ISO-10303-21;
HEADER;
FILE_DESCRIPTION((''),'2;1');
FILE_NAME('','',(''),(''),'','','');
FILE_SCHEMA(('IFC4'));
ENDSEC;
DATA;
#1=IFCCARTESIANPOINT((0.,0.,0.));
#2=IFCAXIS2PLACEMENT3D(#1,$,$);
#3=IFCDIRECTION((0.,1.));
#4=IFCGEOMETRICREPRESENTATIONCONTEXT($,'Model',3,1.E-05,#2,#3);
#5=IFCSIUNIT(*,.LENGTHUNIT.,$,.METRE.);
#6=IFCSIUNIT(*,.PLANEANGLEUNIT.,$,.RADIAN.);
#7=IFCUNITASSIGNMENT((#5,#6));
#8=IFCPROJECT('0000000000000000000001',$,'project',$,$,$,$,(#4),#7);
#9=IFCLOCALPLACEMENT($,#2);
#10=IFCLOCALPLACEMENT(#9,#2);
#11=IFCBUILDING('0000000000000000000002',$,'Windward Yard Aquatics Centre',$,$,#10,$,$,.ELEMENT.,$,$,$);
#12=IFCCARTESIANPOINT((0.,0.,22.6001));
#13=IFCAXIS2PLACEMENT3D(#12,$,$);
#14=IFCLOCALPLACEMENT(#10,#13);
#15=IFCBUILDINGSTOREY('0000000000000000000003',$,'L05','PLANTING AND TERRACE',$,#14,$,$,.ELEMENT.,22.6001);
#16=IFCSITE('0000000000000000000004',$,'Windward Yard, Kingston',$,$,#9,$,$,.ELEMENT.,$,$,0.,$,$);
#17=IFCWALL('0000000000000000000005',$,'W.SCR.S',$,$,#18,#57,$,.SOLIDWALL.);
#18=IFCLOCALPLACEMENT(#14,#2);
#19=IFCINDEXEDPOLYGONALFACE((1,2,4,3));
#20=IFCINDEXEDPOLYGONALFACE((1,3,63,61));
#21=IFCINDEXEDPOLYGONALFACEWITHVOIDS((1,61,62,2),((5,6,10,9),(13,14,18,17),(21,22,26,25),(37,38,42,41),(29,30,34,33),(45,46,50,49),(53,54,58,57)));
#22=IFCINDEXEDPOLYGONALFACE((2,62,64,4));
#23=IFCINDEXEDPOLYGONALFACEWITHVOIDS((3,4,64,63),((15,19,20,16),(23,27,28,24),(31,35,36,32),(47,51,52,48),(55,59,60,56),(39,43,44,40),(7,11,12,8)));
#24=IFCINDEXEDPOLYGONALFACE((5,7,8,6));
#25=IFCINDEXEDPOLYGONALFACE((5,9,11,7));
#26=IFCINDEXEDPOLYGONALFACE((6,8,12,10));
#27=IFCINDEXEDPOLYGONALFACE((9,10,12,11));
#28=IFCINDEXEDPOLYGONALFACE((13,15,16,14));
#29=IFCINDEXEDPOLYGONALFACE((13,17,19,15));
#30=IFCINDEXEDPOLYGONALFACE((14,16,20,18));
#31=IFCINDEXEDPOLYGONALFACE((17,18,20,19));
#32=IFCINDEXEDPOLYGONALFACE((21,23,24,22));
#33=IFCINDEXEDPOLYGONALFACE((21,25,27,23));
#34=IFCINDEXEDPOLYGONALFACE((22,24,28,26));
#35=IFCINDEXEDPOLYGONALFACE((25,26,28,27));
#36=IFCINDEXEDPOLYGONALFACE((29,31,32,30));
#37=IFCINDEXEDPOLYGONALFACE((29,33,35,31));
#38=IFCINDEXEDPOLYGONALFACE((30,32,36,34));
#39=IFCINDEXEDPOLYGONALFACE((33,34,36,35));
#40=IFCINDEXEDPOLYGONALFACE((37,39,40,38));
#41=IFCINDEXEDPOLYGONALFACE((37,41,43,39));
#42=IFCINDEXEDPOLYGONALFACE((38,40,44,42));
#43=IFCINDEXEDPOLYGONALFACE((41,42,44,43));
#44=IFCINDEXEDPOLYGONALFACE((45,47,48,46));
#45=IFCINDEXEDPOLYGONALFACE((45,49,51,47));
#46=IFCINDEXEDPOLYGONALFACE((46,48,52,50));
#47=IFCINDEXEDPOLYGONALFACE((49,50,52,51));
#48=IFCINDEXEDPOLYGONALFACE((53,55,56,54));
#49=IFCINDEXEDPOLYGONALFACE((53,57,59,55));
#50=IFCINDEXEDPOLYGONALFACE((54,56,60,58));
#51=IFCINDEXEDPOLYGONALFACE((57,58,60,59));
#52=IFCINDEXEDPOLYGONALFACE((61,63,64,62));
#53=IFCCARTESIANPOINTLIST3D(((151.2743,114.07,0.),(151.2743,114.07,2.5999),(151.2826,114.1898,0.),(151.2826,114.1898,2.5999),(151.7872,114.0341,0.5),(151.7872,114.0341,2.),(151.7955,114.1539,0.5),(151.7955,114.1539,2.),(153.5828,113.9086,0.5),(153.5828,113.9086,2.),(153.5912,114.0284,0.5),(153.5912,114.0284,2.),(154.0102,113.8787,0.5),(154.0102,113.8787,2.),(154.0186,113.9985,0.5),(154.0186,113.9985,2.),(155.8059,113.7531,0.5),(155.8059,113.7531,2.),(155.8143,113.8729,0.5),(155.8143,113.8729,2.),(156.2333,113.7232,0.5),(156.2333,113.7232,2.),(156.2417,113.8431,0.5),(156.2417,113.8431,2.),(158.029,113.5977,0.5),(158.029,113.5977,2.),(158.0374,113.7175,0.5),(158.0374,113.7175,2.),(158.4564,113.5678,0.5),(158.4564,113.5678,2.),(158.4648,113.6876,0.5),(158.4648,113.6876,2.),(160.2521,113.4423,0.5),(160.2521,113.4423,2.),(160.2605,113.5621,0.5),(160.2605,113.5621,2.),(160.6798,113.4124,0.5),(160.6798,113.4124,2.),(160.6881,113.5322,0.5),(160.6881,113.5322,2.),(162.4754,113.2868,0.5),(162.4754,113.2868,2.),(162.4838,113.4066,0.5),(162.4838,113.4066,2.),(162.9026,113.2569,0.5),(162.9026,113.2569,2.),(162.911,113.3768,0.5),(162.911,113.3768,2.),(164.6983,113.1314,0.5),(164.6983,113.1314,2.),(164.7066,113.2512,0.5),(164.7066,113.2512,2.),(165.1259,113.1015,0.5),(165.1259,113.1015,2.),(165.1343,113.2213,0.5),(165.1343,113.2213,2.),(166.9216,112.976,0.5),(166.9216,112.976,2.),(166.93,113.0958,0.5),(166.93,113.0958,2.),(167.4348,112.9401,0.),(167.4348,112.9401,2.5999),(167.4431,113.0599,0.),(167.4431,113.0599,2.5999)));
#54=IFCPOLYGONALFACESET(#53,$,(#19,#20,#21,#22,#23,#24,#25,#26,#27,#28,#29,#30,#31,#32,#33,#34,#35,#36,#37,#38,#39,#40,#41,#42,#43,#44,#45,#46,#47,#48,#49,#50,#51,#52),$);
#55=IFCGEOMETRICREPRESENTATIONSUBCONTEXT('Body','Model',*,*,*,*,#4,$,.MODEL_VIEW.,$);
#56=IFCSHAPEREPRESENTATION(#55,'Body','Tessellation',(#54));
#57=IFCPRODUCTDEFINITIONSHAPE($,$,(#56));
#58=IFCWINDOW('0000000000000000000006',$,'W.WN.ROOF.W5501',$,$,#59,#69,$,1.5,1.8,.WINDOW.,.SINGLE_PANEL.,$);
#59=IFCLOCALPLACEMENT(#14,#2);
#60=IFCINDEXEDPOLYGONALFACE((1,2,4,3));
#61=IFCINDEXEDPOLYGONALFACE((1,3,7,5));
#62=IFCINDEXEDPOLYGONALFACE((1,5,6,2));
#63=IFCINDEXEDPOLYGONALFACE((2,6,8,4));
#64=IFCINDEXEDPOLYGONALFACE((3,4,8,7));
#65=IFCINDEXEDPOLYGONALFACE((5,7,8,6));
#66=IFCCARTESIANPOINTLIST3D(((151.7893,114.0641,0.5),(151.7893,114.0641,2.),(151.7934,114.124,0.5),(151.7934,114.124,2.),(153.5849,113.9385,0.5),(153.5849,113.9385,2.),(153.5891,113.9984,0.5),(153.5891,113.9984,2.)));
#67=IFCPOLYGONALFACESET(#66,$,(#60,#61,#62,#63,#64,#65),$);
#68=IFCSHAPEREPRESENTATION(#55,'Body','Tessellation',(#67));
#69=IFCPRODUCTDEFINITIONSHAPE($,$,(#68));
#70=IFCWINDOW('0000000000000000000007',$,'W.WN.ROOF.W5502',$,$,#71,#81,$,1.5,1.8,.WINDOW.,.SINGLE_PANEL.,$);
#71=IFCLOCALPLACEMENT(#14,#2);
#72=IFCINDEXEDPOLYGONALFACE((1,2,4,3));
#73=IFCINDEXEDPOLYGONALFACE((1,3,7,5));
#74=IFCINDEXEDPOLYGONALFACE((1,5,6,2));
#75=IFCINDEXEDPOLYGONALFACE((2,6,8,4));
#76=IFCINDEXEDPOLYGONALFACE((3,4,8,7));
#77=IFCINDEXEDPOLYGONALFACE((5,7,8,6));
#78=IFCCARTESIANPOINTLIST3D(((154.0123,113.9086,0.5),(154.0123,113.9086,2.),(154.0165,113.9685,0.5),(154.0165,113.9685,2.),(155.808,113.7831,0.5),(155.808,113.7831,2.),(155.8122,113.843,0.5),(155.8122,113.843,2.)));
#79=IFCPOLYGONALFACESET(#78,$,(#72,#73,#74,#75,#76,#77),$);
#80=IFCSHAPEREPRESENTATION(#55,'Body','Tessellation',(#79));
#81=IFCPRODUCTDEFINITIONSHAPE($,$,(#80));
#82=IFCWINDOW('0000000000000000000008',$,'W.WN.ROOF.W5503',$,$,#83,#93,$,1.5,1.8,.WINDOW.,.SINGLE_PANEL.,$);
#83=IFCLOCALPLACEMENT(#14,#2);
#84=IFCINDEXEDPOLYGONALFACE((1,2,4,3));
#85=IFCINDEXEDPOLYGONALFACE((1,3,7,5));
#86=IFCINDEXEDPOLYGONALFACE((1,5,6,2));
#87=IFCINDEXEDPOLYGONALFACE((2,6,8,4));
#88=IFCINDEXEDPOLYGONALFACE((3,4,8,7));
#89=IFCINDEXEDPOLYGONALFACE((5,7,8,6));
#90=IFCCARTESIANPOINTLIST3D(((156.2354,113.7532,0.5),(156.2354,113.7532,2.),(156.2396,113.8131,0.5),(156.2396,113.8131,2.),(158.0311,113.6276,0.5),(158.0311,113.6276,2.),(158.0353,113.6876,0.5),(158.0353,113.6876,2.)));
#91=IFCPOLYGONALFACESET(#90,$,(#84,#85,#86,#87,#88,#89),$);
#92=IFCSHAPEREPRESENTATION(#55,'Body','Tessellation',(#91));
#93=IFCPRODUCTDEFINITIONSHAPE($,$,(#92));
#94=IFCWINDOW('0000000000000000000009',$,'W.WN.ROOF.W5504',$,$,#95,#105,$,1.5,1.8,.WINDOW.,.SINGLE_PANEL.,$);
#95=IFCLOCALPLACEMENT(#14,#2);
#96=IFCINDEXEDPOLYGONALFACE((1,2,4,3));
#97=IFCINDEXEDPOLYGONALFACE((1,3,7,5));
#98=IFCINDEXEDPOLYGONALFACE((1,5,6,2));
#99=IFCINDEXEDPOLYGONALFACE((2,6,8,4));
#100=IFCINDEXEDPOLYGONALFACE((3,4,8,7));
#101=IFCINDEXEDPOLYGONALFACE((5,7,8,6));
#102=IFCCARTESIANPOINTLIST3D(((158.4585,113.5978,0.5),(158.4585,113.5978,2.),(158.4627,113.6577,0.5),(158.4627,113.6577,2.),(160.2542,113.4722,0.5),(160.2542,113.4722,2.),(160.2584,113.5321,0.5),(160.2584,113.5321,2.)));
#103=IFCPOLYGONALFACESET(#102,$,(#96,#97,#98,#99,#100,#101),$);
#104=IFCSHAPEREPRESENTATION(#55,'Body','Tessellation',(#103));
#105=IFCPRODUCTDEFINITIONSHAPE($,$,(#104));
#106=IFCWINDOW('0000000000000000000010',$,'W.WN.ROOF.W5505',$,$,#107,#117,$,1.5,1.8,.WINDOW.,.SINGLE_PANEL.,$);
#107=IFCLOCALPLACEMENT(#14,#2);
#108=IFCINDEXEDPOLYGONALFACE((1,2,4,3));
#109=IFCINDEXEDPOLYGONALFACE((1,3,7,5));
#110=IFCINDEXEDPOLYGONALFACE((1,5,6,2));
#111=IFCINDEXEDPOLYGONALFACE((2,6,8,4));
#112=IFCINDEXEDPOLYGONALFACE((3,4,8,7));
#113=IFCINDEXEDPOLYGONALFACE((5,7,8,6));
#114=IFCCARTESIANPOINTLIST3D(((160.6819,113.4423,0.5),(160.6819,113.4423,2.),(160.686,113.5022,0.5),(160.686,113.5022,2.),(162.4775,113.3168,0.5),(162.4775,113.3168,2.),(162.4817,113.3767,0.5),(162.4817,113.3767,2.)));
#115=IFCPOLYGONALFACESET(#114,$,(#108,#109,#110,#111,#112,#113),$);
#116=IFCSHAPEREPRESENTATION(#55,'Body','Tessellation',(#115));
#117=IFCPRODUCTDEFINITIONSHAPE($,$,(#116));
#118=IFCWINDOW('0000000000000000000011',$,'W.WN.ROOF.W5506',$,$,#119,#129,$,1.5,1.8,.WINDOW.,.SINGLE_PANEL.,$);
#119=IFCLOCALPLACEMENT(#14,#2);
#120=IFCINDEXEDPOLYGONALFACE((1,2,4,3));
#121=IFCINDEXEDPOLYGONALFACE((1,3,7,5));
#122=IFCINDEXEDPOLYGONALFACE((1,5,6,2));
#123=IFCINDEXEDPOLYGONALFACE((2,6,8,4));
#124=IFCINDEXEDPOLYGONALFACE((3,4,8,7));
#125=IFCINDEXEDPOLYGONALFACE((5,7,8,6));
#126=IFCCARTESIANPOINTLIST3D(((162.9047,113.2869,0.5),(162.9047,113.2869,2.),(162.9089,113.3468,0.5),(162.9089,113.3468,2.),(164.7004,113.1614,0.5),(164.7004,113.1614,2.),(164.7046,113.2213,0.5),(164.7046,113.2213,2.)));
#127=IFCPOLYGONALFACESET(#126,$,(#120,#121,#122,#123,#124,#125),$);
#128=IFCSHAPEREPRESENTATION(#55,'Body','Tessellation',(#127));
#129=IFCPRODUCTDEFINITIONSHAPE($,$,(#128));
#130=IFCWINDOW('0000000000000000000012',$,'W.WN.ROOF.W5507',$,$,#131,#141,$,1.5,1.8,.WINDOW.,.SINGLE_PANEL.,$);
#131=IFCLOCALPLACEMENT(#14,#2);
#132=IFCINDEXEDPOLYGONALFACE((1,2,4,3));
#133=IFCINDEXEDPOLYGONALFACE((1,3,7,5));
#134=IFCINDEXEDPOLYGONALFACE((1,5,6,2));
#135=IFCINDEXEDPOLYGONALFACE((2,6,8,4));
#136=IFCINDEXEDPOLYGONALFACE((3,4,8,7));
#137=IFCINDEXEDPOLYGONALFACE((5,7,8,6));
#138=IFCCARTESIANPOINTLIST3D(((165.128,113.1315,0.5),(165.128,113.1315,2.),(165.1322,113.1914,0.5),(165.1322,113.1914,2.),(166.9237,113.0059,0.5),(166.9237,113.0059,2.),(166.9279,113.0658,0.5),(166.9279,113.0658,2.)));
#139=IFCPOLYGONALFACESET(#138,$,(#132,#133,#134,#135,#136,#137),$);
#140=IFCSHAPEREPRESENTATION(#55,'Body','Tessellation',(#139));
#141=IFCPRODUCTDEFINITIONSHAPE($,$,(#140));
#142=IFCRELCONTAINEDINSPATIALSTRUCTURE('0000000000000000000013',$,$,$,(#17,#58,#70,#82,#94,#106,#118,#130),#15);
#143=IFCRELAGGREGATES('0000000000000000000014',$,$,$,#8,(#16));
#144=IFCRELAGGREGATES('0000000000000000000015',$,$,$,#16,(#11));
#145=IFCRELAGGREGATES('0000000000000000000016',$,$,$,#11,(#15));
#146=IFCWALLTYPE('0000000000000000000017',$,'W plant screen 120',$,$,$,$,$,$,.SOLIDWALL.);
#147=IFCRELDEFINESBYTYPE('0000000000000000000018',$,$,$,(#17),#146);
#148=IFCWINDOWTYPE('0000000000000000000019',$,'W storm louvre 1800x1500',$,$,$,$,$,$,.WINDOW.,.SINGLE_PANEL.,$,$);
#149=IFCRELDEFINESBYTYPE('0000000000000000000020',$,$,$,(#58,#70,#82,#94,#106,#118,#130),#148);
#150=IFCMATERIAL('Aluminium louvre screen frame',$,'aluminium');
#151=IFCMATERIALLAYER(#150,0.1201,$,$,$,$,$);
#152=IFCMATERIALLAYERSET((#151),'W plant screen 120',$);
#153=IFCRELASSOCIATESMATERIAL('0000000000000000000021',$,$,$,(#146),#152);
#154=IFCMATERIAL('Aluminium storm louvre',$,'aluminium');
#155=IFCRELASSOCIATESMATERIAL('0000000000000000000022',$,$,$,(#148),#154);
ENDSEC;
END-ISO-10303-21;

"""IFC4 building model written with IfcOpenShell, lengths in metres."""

from ifc_helpers import new_model, si_unit, direction, frame, frame_2d, origin, place, context, subcontext, project, spatial, rectangle, extrude, material, layer, layer_set, type_object, element, fill, save


model = new_model("IFC4")

# Units and contexts
model_context = context("Model", 3, precision=1e-05, world=origin(), true_north=direction((0.0, 1.0)))
body_context = subcontext(model_context, "Body", "Model", "MODEL_VIEW")
ifc_project = project(units=[si_unit("LENGTHUNIT", "METRE"), si_unit("PLANEANGLEUNIT", "RADIAN")], contexts=[model_context])

# Site, building, storey
site_placement = place(None, origin())
site = spatial("IfcSite", under=ifc_project, at=site_placement, Name="Windward Yard, Kingston", CompositionType="ELEMENT", RefElevation=0.0)
building_placement = place(site_placement, origin())
building = spatial("IfcBuilding", under=site, at=building_placement, Name="Windward Yard Aquatics Centre", CompositionType="ELEMENT")
storey_placement = place(building_placement, frame((0.0, 0.0, 22.6001)))
storey = spatial("IfcBuildingStorey", under=building, at=storey_placement, Name="L05", Description="PLANTING AND TERRACE", CompositionType="ELEMENT", Elevation=22.6001)

# Wall, openings, windows
ifc_material_1 = material(Name="Aluminium louvre screen frame", Category="aluminium")
ifc_layer_1 = layer(ifc_material_1, 0.1201)
ifc_layer_set_1 = layer_set([ifc_layer_1], Name="W plant screen 120")
wall_type_1 = type_object("IfcWallType", Name="W plant screen 120", PredefinedType="SOLIDWALL", material=ifc_layer_set_1)
wall_1_placement = place(storey_placement, frame((151.2783, 114.1299, 0.0), z_axis=(0.0, 0.0, 1.0), x_axis=(0.997565, -0.069746, 0.0)))
wall_1 = element("IfcWall", 1, at=wall_1_placement, inside=storey, type_object=wall_type_1, Name="W.SCR.S", PredefinedType="SOLIDWALL", context=body_context, shape_type="SweptSolid", body=[
    extrude(rectangle(XDim=16.2, YDim=0.1201, at=frame_2d((8.1001, 0.0))), origin(), (0.0, 0.0, 1.0), 2.5999),
])
opening_1_placement = place(wall_1_placement, frame((0.5144, 0.0, 0.5)))
opening_1 = element("IfcOpeningElement", 2, at=opening_1_placement, cuts=wall_1, PredefinedType="OPENING", context=body_context, shape_type="SweptSolid", body=[
    extrude(rectangle(XDim=1.8, YDim=1.5, at=frame_2d((0.8999, 0.75))), frame((0.0, 0.0701, 0.0), z_axis=(0.0, -1.0, 0.0), x_axis=(1.0, 0.0, 0.0)), (0.0, 0.0, 1.0), 0.1401),
])
opening_2_placement = place(wall_1_placement, frame((2.7429, 0.0, 0.5)))
opening_2 = element("IfcOpeningElement", 3, at=opening_2_placement, cuts=wall_1, PredefinedType="OPENING", context=body_context, shape_type="SweptSolid", body=[
    extrude(rectangle(XDim=1.8, YDim=1.5, at=frame_2d((0.8999, 0.75))), frame((0.0, 0.0701, 0.0), z_axis=(0.0, -1.0, 0.0), x_axis=(1.0, 0.0, 0.0)), (0.0, 0.0, 1.0), 0.1401),
])
opening_3_placement = place(wall_1_placement, frame((4.9714, 0.0, 0.5)))
opening_3 = element("IfcOpeningElement", 4, at=opening_3_placement, cuts=wall_1, PredefinedType="OPENING", context=body_context, shape_type="SweptSolid", body=[
    extrude(rectangle(XDim=1.8, YDim=1.5, at=frame_2d((0.8999, 0.75))), frame((0.0, 0.0701, 0.0), z_axis=(0.0, -1.0, 0.0), x_axis=(1.0, 0.0, 0.0)), (0.0, 0.0, 1.0), 0.1401),
])
opening_4_placement = place(wall_1_placement, frame((7.2, 0.0, 0.5)))
opening_4 = element("IfcOpeningElement", 5, at=opening_4_placement, cuts=wall_1, PredefinedType="OPENING", context=body_context, shape_type="SweptSolid", body=[
    extrude(rectangle(XDim=1.8, YDim=1.5, at=frame_2d((0.8999, 0.75))), frame((0.0, 0.0701, 0.0), z_axis=(0.0, -1.0, 0.0), x_axis=(1.0, 0.0, 0.0)), (0.0, 0.0, 1.0), 0.1401),
])
opening_5_placement = place(wall_1_placement, frame((9.4287, 0.0, 0.5)))
opening_5 = element("IfcOpeningElement", 6, at=opening_5_placement, cuts=wall_1, PredefinedType="OPENING", context=body_context, shape_type="SweptSolid", body=[
    extrude(rectangle(XDim=1.8, YDim=1.5, at=frame_2d((0.8999, 0.75))), frame((0.0, 0.0701, 0.0), z_axis=(0.0, -1.0, 0.0), x_axis=(1.0, 0.0, 0.0)), (0.0, 0.0, 1.0), 0.1401),
])
opening_6_placement = place(wall_1_placement, frame((11.657, 0.0, 0.5)))
opening_6 = element("IfcOpeningElement", 7, at=opening_6_placement, cuts=wall_1, PredefinedType="OPENING", context=body_context, shape_type="SweptSolid", body=[
    extrude(rectangle(XDim=1.8, YDim=1.5, at=frame_2d((0.8999, 0.75))), frame((0.0, 0.0701, 0.0), z_axis=(0.0, -1.0, 0.0), x_axis=(1.0, 0.0, 0.0)), (0.0, 0.0, 1.0), 0.1401),
])
opening_7_placement = place(wall_1_placement, frame((13.8857, 0.0, 0.5)))
opening_7 = element("IfcOpeningElement", 8, at=opening_7_placement, cuts=wall_1, PredefinedType="OPENING", context=body_context, shape_type="SweptSolid", body=[
    extrude(rectangle(XDim=1.8, YDim=1.5, at=frame_2d((0.8999, 0.75))), frame((0.0, 0.0701, 0.0), z_axis=(0.0, -1.0, 0.0), x_axis=(1.0, 0.0, 0.0)), (0.0, 0.0, 1.0), 0.1401),
])
ifc_material_2 = material(Name="Aluminium storm louvre", Category="aluminium")
window_type = type_object("IfcWindowType", Name="W storm louvre 1800x1500", PartitioningType="SINGLE_PANEL", PredefinedType="WINDOW", material=ifc_material_2)
window_1_placement = place(opening_1_placement, origin())
window_1 = element("IfcWindow", 9, at=window_1_placement, inside=storey, type_object=window_type, Name="W.WN.ROOF.W5501", OverallHeight=1.5, OverallWidth=1.8, PartitioningType="SINGLE_PANEL", PredefinedType="WINDOW", context=body_context, shape_type="SweptSolid", body=[
    extrude(rectangle(XDim=1.8, YDim=1.5, at=frame_2d((0.8999, 0.75))), frame((0.0, 0.03, 0.0), z_axis=(0.0, -1.0, 0.0), x_axis=(1.0, 0.0, 0.0)), (0.0, 0.0, 1.0), 0.0601),
])
fill(opening_1, window_1)
window_2_placement = place(opening_2_placement, origin())
window_2 = element("IfcWindow", 10, at=window_2_placement, inside=storey, type_object=window_type, Name="W.WN.ROOF.W5502", OverallHeight=1.5, OverallWidth=1.8, PartitioningType="SINGLE_PANEL", PredefinedType="WINDOW", context=body_context, shape_type="SweptSolid", body=[
    extrude(rectangle(XDim=1.8, YDim=1.5, at=frame_2d((0.8999, 0.75))), frame((0.0, 0.03, 0.0), z_axis=(0.0, -1.0, 0.0), x_axis=(1.0, 0.0, 0.0)), (0.0, 0.0, 1.0), 0.0601),
])
fill(opening_2, window_2)
window_3_placement = place(opening_3_placement, origin())
window_3 = element("IfcWindow", 11, at=window_3_placement, inside=storey, type_object=window_type, Name="W.WN.ROOF.W5503", OverallHeight=1.5, OverallWidth=1.8, PartitioningType="SINGLE_PANEL", PredefinedType="WINDOW", context=body_context, shape_type="SweptSolid", body=[
    extrude(rectangle(XDim=1.8, YDim=1.5, at=frame_2d((0.8999, 0.75))), frame((0.0, 0.03, 0.0), z_axis=(0.0, -1.0, 0.0), x_axis=(1.0, 0.0, 0.0)), (0.0, 0.0, 1.0), 0.0601),
])
fill(opening_3, window_3)
window_4_placement = place(opening_4_placement, origin())
window_4 = element("IfcWindow", 12, at=window_4_placement, inside=storey, type_object=window_type, Name="W.WN.ROOF.W5504", OverallHeight=1.5, OverallWidth=1.8, PartitioningType="SINGLE_PANEL", PredefinedType="WINDOW", context=body_context, shape_type="SweptSolid", body=[
    extrude(rectangle(XDim=1.8, YDim=1.5, at=frame_2d((0.8999, 0.75))), frame((0.0, 0.03, 0.0), z_axis=(0.0, -1.0, 0.0), x_axis=(1.0, 0.0, 0.0)), (0.0, 0.0, 1.0), 0.0601),
])
fill(opening_4, window_4)
window_5_placement = place(opening_5_placement, origin())
window_5 = element("IfcWindow", 13, at=window_5_placement, inside=storey, type_object=window_type, Name="W.WN.ROOF.W5505", OverallHeight=1.5, OverallWidth=1.8, PartitioningType="SINGLE_PANEL", PredefinedType="WINDOW", context=body_context, shape_type="SweptSolid", body=[
    extrude(rectangle(XDim=1.8, YDim=1.5, at=frame_2d((0.8999, 0.75))), frame((0.0, 0.03, 0.0), z_axis=(0.0, -1.0, 0.0), x_axis=(1.0, 0.0, 0.0)), (0.0, 0.0, 1.0), 0.0601),
])
fill(opening_5, window_5)
window_6_placement = place(opening_6_placement, origin())
window_6 = element("IfcWindow", 14, at=window_6_placement, inside=storey, type_object=window_type, Name="W.WN.ROOF.W5506", OverallHeight=1.5, OverallWidth=1.8, PartitioningType="SINGLE_PANEL", PredefinedType="WINDOW", context=body_context, shape_type="SweptSolid", body=[
    extrude(rectangle(XDim=1.8, YDim=1.5, at=frame_2d((0.8999, 0.75))), frame((0.0, 0.03, 0.0), z_axis=(0.0, -1.0, 0.0), x_axis=(1.0, 0.0, 0.0)), (0.0, 0.0, 1.0), 0.0601),
])
fill(opening_6, window_6)
window_7_placement = place(opening_7_placement, origin())
window_7 = element("IfcWindow", 15, at=window_7_placement, inside=storey, type_object=window_type, Name="W.WN.ROOF.W5507", OverallHeight=1.5, OverallWidth=1.8, PartitioningType="SINGLE_PANEL", PredefinedType="WINDOW", context=body_context, shape_type="SweptSolid", body=[
    extrude(rectangle(XDim=1.8, YDim=1.5, at=frame_2d((0.8999, 0.75))), frame((0.0, 0.03, 0.0), z_axis=(0.0, -1.0, 0.0), x_axis=(1.0, 0.0, 0.0)), (0.0, 0.0, 1.0), 0.0601),
])
fill(opening_7, window_7)

save(model, "model.ifc")
